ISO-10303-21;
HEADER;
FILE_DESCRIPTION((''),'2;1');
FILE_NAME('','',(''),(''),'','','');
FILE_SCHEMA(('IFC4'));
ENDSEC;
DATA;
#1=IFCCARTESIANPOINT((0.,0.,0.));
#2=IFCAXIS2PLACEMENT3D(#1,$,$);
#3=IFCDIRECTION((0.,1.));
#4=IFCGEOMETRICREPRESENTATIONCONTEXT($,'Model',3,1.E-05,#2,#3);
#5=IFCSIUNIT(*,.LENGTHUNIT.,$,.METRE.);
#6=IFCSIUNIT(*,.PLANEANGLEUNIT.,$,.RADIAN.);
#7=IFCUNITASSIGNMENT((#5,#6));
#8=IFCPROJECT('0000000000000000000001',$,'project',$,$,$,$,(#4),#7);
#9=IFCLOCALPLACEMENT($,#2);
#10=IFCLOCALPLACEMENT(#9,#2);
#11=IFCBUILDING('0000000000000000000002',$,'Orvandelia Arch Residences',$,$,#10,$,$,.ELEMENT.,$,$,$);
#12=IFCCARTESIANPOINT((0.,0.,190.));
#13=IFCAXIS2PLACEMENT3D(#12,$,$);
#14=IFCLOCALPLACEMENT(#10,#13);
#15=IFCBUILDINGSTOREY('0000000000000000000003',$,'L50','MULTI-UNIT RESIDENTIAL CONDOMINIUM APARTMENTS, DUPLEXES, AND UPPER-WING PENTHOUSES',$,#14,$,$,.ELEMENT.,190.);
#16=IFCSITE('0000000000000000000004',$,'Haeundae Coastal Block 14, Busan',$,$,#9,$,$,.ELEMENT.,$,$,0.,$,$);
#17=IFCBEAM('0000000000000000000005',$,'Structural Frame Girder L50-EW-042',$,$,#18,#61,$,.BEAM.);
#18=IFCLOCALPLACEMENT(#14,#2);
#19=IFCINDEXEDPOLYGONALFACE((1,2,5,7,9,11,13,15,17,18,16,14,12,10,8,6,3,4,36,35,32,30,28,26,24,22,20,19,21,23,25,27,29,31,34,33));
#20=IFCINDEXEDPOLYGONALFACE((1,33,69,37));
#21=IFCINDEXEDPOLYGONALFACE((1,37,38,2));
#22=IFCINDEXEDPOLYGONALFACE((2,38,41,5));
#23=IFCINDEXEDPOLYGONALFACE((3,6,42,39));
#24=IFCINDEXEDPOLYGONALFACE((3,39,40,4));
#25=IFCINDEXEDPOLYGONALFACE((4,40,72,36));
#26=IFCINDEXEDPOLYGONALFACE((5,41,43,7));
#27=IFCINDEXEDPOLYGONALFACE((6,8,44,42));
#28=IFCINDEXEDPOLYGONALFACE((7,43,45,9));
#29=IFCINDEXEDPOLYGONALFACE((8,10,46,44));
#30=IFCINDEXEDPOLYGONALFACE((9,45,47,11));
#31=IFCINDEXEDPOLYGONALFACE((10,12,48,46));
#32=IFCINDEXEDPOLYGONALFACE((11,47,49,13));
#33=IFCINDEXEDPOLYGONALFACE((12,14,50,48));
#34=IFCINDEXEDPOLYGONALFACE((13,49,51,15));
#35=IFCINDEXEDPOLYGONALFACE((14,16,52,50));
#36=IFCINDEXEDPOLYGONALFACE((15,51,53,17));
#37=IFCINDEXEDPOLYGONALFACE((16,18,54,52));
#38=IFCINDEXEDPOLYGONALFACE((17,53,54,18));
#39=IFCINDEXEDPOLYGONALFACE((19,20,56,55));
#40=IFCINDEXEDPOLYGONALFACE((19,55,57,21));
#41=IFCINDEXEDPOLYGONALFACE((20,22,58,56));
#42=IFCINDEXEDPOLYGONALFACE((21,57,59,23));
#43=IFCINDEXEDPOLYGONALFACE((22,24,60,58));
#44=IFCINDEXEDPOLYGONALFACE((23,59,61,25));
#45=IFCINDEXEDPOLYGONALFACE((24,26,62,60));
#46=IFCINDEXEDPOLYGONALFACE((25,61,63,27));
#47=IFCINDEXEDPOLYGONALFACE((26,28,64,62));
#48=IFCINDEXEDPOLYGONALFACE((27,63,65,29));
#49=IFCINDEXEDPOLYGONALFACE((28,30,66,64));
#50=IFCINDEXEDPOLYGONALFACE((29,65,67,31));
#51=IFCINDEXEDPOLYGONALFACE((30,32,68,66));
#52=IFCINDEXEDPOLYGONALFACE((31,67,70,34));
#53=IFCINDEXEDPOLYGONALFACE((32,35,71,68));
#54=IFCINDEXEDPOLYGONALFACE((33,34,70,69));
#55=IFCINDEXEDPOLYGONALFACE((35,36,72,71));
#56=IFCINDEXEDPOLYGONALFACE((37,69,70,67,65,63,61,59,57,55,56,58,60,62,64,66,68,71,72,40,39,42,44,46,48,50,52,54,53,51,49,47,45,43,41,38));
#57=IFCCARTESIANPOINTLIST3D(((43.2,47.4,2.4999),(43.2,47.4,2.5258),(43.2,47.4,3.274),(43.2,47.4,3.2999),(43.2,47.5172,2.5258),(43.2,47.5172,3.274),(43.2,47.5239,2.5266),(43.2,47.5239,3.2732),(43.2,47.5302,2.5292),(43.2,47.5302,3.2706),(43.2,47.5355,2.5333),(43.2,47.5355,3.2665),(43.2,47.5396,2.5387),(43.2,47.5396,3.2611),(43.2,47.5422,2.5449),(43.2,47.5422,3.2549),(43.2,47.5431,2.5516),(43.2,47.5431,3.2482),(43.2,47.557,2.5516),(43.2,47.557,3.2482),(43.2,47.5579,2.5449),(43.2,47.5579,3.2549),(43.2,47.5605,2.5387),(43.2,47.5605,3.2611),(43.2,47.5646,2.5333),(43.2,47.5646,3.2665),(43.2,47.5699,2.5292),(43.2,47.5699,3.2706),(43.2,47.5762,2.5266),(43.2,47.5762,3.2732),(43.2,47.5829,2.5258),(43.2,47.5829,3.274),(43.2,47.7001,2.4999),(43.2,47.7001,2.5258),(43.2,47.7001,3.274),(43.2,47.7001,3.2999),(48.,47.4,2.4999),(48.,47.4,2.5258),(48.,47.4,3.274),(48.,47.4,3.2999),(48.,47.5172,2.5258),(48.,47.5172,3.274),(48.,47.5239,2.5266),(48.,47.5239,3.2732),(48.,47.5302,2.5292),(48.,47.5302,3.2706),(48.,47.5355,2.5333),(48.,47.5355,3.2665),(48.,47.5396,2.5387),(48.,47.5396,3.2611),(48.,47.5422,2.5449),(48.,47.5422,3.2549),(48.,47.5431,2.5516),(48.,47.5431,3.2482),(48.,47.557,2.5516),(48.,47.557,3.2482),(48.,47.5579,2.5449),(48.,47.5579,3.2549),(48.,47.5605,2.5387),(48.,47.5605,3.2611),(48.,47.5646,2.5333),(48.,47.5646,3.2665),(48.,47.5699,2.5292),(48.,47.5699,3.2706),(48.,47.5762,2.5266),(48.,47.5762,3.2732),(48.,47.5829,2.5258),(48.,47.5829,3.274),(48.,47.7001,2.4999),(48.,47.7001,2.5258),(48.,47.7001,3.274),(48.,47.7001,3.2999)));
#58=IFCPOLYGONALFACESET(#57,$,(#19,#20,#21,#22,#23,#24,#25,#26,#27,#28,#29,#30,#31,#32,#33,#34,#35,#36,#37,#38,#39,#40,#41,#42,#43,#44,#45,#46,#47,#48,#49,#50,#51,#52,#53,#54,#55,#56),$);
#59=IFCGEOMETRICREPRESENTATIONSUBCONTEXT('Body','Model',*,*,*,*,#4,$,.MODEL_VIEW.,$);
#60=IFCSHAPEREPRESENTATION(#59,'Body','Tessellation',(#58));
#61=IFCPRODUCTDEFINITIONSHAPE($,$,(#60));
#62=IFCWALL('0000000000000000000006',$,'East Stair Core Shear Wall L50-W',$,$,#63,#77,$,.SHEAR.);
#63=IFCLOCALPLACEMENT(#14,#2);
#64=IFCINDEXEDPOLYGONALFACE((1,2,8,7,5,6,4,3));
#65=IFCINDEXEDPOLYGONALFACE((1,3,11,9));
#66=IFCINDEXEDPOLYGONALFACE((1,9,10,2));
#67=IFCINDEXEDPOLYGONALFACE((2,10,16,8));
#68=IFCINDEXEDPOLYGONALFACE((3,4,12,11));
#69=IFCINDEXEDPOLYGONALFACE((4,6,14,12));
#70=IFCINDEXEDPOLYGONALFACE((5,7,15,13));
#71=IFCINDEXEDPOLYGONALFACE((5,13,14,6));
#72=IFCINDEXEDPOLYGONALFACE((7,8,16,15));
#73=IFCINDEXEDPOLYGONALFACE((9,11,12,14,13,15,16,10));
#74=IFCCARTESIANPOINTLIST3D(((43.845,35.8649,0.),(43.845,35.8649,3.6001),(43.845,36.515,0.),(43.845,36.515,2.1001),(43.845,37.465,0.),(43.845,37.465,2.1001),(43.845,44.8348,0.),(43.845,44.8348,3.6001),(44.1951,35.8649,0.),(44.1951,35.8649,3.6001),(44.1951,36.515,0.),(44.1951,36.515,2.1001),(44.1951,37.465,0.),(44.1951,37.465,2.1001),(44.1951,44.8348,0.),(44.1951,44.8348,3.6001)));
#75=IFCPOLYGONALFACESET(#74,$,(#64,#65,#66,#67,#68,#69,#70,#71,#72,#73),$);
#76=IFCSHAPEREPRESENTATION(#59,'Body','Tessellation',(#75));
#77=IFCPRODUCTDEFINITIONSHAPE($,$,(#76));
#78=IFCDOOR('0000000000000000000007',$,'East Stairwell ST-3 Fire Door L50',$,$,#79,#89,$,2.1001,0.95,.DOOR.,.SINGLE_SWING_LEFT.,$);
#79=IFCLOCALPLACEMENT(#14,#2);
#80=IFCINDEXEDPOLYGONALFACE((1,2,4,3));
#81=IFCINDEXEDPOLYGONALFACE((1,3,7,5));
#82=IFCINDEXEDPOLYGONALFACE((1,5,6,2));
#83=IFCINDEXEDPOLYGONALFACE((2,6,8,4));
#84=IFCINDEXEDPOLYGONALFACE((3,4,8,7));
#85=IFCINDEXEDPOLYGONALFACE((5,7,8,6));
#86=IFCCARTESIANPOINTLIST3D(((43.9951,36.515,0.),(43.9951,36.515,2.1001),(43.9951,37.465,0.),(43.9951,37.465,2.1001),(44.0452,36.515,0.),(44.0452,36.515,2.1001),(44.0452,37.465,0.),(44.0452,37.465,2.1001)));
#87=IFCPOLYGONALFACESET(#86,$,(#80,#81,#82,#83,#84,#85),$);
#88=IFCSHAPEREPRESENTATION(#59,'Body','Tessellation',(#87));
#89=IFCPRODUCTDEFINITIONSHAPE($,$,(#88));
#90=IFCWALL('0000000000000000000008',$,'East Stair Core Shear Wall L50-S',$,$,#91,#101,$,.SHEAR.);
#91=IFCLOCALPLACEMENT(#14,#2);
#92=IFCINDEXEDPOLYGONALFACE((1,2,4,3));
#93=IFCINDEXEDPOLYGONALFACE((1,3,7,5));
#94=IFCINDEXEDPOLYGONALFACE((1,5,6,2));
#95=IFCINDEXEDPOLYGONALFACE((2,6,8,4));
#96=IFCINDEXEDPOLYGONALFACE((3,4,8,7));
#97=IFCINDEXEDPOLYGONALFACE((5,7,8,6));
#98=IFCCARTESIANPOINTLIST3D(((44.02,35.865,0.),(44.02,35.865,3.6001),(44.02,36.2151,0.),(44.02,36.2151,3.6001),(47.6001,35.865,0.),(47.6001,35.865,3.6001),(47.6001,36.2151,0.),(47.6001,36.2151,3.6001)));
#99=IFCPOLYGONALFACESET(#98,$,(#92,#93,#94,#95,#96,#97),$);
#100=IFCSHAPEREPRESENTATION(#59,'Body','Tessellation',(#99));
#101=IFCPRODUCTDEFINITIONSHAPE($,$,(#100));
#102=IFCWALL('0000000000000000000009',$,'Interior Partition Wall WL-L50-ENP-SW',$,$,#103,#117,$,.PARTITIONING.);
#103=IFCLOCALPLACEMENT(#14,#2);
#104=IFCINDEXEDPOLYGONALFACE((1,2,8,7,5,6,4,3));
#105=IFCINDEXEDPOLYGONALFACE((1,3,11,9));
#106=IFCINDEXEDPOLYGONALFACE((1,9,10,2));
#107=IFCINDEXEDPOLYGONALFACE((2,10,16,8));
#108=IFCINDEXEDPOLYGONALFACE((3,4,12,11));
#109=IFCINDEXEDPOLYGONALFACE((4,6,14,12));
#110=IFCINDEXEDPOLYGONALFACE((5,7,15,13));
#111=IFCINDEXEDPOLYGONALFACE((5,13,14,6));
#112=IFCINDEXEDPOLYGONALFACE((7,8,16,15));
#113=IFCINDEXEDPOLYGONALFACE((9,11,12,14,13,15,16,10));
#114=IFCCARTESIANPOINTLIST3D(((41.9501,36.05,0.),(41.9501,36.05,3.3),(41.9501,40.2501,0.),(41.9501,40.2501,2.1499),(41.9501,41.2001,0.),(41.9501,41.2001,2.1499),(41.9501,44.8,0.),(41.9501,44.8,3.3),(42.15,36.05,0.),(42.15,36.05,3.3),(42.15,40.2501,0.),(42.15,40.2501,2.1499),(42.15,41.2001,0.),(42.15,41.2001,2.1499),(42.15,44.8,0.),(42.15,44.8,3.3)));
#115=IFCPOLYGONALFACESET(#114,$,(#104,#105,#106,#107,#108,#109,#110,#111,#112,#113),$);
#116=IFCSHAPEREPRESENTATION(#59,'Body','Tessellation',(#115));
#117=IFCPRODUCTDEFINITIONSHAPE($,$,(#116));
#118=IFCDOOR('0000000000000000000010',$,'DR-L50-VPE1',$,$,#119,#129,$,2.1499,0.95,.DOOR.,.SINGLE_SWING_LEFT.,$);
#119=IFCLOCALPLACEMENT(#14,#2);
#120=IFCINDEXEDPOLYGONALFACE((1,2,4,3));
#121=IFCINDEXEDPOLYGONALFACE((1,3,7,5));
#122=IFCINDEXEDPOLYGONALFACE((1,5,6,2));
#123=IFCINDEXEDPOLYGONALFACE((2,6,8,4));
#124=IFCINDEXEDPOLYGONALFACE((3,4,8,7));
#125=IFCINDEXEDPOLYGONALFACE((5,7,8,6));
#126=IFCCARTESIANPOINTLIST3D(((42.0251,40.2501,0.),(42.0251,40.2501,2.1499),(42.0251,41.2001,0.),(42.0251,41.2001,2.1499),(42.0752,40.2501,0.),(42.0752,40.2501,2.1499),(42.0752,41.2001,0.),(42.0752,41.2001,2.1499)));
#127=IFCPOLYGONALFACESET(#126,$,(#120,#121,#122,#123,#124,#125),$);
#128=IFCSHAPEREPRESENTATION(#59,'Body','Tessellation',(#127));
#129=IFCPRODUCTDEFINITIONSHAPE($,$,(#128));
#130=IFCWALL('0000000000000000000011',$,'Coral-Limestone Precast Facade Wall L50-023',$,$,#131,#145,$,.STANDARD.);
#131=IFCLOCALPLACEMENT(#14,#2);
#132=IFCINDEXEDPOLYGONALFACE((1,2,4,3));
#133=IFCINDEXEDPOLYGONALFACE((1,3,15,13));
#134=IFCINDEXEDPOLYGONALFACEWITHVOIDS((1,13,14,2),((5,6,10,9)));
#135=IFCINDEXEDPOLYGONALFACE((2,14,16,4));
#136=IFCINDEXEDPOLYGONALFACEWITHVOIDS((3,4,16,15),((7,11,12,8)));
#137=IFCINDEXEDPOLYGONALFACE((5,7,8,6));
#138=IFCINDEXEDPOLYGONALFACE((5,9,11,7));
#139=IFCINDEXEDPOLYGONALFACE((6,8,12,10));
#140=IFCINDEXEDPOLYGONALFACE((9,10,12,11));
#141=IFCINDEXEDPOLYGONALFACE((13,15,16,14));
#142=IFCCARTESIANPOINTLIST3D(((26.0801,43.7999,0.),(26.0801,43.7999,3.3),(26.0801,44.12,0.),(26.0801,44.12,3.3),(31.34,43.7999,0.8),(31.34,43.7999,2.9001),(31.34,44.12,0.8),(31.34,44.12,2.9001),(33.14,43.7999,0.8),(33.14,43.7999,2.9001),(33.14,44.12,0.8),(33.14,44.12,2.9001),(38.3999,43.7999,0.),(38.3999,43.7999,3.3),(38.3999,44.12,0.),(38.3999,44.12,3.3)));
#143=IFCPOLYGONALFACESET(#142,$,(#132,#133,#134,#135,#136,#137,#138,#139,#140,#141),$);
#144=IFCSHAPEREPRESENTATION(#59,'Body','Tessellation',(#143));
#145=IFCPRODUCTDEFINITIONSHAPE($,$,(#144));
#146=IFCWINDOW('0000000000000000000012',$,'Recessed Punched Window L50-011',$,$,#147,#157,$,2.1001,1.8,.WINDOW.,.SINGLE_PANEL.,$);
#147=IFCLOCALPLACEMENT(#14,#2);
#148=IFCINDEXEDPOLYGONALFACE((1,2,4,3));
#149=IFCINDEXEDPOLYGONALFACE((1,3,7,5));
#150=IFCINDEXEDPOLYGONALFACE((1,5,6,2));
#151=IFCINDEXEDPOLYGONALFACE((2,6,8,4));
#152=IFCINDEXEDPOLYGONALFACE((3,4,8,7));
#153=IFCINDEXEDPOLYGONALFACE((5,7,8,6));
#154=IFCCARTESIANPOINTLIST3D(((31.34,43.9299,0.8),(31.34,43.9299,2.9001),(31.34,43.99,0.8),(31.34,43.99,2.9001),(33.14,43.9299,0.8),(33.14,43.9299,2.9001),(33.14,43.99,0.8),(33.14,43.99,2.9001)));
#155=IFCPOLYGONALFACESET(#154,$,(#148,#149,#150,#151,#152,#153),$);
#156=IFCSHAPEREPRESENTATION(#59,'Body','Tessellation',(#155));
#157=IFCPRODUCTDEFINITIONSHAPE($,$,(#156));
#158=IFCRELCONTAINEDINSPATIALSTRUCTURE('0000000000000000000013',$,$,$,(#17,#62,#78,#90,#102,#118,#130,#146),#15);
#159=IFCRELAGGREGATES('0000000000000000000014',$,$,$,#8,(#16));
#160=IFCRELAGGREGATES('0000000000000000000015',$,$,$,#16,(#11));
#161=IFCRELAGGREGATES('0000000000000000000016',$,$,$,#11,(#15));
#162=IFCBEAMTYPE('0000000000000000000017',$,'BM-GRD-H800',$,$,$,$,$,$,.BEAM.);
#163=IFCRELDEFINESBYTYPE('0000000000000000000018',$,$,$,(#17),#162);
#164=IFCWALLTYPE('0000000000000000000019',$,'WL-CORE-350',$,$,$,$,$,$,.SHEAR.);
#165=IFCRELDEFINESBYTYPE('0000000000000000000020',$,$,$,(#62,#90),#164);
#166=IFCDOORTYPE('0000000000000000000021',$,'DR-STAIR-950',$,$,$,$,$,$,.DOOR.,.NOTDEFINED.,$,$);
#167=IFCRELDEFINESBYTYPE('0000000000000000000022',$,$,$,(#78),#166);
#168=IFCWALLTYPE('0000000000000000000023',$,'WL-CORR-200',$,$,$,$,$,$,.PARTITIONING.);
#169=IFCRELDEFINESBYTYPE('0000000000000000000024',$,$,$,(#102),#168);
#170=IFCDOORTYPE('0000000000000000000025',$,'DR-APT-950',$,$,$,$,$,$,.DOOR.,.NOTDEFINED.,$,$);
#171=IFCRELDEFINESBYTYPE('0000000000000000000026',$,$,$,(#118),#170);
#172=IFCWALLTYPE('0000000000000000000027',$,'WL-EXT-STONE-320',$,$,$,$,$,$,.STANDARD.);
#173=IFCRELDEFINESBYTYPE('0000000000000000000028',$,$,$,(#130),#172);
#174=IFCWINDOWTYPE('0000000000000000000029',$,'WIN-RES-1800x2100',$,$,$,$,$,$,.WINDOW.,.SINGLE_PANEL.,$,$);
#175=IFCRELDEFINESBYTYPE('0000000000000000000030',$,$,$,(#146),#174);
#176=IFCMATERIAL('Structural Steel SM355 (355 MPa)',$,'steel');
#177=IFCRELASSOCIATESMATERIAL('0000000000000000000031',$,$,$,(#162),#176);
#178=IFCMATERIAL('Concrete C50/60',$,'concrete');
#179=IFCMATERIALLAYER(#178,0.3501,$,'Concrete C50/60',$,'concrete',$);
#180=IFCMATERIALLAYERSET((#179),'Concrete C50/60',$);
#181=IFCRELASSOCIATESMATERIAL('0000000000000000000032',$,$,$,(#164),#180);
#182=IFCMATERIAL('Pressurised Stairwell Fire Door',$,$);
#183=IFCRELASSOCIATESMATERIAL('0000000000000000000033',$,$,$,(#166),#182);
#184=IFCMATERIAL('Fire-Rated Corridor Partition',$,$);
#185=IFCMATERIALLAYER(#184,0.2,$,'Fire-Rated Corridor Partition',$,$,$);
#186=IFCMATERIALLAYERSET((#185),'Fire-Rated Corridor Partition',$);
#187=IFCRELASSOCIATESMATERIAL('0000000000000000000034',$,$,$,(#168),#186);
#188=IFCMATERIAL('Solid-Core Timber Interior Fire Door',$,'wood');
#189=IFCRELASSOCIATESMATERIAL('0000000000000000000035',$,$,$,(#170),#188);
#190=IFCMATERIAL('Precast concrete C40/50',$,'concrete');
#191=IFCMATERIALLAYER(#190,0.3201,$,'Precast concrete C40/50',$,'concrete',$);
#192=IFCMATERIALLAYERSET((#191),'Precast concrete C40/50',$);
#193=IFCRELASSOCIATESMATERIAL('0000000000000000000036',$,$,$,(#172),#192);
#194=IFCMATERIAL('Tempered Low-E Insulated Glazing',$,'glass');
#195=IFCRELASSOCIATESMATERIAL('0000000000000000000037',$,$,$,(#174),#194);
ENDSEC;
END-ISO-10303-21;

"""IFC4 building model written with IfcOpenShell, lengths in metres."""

from ifc_helpers import new_model, si_unit, direction, frame, frame_2d, origin, origin_2d, place, context, subcontext, project, spatial, rectangle, i_section, extrude, material, layer, layer_set, material_profile, profile_set, type_object, element, fill, save


model = new_model("IFC4")

# Units and contexts
model_context = context("Model", 3, precision=1e-05, world=origin(), true_north=direction((0.0, 1.0)))
body_context = subcontext(model_context, "Body", "Model", "MODEL_VIEW")
ifc_project = project(units=[si_unit("LENGTHUNIT", "METRE"), si_unit("PLANEANGLEUNIT", "RADIAN")], contexts=[model_context])

# Site, building, storey
site_placement = place(None, origin())
site = spatial("IfcSite", under=ifc_project, at=site_placement, Name="Haeundae Coastal Block 14, Busan", CompositionType="ELEMENT", RefElevation=0.0)
building_placement = place(site_placement, origin())
building = spatial("IfcBuilding", under=site, at=building_placement, Name="Orvandelia Arch Residences", CompositionType="ELEMENT")
storey_placement = place(building_placement, frame((0.0, 0.0, 190.0)))
storey = spatial("IfcBuildingStorey", under=building, at=storey_placement, Name="L50", Description="MULTI-UNIT RESIDENTIAL CONDOMINIUM APARTMENTS, DUPLEXES, AND UPPER-WING PENTHOUSES", CompositionType="ELEMENT", Elevation=190.0)

# Beam
ifc_material_1 = material(Name="Structural Steel SM355 (355 MPa)", Category="steel")
ifc_material_profile_1 = material_profile(ifc_material_1, i_section(OverallWidth=0.3, OverallDepth=0.8, WebThickness=0.0139, FlangeThickness=0.0259, FilletRadius=0.0259, at=origin_2d()), Name="Structural Steel SM355 (355 MPa)", Category="steel")
ifc_profile_set_1 = profile_set([ifc_material_profile_1], Name="Structural Steel SM355 (355 MPa)")
beam_type = type_object("IfcBeamType", Name="BM-GRD-H800", PredefinedType="BEAM", material=ifc_profile_set_1)
for number, where, z_axis, x_axis, name in (
    (1, (43.2, 47.55, 2.8999), (1.0, 0.0, 0.0), (0.0, 1.0, 0.0), "Structural Frame Girder L50-EW-042"),
):
    element("IfcBeam", number, at=place(storey_placement, frame(where, z_axis=z_axis, x_axis=x_axis)), inside=storey, type_object=beam_type, Name=name, PredefinedType="BEAM", context=body_context, shape_type="SweptSolid", body=[
        extrude(i_section(OverallWidth=0.3, OverallDepth=0.8, WebThickness=0.0139, FlangeThickness=0.0259, FilletRadius=0.0259, at=origin_2d()), origin(), (0.0, 0.0, 1.0), 4.8),
    ])

# Wall, opening, door
ifc_material_2 = material(Name="Concrete C50/60", Category="concrete")
ifc_layer_1 = layer(ifc_material_2, 0.3501, Name="Concrete C50/60", Category="concrete")
ifc_layer_set_1 = layer_set([ifc_layer_1], Name="Concrete C50/60")
wall_type_1 = type_object("IfcWallType", Name="WL-CORE-350", PredefinedType="SHEAR", material=ifc_layer_set_1)
wall_1_placement = place(storey_placement, frame((44.02, 35.865, 0.0), z_axis=(0.0, 0.0, 1.0), x_axis=(0.0, 1.0, 0.0)))
wall_1 = element("IfcWall", 2, at=wall_1_placement, inside=storey, type_object=wall_type_1, Name="East Stair Core Shear Wall L50-W", PredefinedType="SHEAR", context=body_context, shape_type="SweptSolid", body=[
    extrude(rectangle(XDim=8.97, YDim=0.3501, at=frame_2d((4.4849, 0.0))), origin(), (0.0, 0.0, 1.0), 3.6001),
])
opening_1_placement = place(wall_1_placement, frame((0.6499, 0.0, 0.0)))
opening_1 = element("IfcOpeningElement", 3, at=opening_1_placement, cuts=wall_1, PredefinedType="OPENING", context=body_context, shape_type="SweptSolid", body=[
    extrude(rectangle(XDim=0.95, YDim=2.1001, at=frame_2d((0.4751, 1.05))), frame((0.0, 0.1851, 0.0), z_axis=(0.0, -1.0, 0.0), x_axis=(1.0, 0.0, 0.0)), (0.0, 0.0, 1.0), 0.3701),
])
ifc_material_3 = material(Name="Pressurised Stairwell Fire Door")
door_type_1 = type_object("IfcDoorType", Name="DR-STAIR-950", OperationType="NOTDEFINED", PredefinedType="DOOR", material=ifc_material_3)
door_1_placement = place(opening_1_placement, origin())
door_1 = element("IfcDoor", 4, at=door_1_placement, inside=storey, type_object=door_type_1, Name="East Stairwell ST-3 Fire Door L50", OperationType="SINGLE_SWING_LEFT", OverallHeight=2.1001, OverallWidth=0.95, PredefinedType="DOOR", context=body_context, shape_type="SweptSolid", body=[
    extrude(rectangle(XDim=0.95, YDim=2.1001, at=frame_2d((0.4751, 1.05))), frame((0.0, 0.0249, 0.0), z_axis=(0.0, -1.0, 0.0), x_axis=(1.0, 0.0, 0.0)), (0.0, 0.0, 1.0), 0.05),
])
fill(opening_1, door_1)

# Wall
wall_2_placement = place(storey_placement, frame((44.02, 36.04, 0.0), z_axis=(0.0, 0.0, 1.0), x_axis=(1.0, 0.0, 0.0)))
element("IfcWall", 5, at=wall_2_placement, inside=storey, type_object=wall_type_1, Name="East Stair Core Shear Wall L50-S", PredefinedType="SHEAR", context=body_context, shape_type="SweptSolid", body=[
    extrude(rectangle(XDim=3.5801, YDim=0.3501, at=frame_2d((1.79, 0.0))), origin(), (0.0, 0.0, 1.0), 3.6001),
])

# Wall, opening, door
ifc_material_4 = material(Name="Fire-Rated Corridor Partition")
ifc_layer_2 = layer(ifc_material_4, 0.2, Name="Fire-Rated Corridor Partition")
ifc_layer_set_2 = layer_set([ifc_layer_2], Name="Fire-Rated Corridor Partition")
wall_type_2 = type_object("IfcWallType", Name="WL-CORR-200", PredefinedType="PARTITIONING", material=ifc_layer_set_2)
wall_3_placement = place(storey_placement, frame((42.05, 36.05, 0.0), z_axis=(0.0, 0.0, 1.0), x_axis=(0.0, 1.0, 0.0)))
wall_3 = element("IfcWall", 6, at=wall_3_placement, inside=storey, type_object=wall_type_2, Name="Interior Partition Wall WL-L50-ENP-SW", PredefinedType="PARTITIONING", context=body_context, shape_type="SweptSolid", body=[
    extrude(rectangle(XDim=8.75, YDim=0.2, at=frame_2d((4.375, 0.0))), origin(), (0.0, 0.0, 1.0), 3.3),
])
opening_2_placement = place(wall_3_placement, frame((4.2, 0.0, 0.0)))
opening_2 = element("IfcOpeningElement", 7, at=opening_2_placement, cuts=wall_3, PredefinedType="OPENING", context=body_context, shape_type="SweptSolid", body=[
    extrude(rectangle(XDim=0.95, YDim=2.1499, at=frame_2d((0.4751, 1.075))), frame((0.0, 0.1099, 0.0), z_axis=(0.0, -1.0, 0.0), x_axis=(1.0, 0.0, 0.0)), (0.0, 0.0, 1.0), 0.22),
])
ifc_material_5 = material(Name="Solid-Core Timber Interior Fire Door", Category="wood")
door_type_2 = type_object("IfcDoorType", Name="DR-APT-950", OperationType="NOTDEFINED", PredefinedType="DOOR", material=ifc_material_5)
door_2_placement = place(opening_2_placement, origin())
door_2 = element("IfcDoor", 8, at=door_2_placement, inside=storey, type_object=door_type_2, Name="DR-L50-VPE1", OperationType="SINGLE_SWING_LEFT", OverallHeight=2.1499, OverallWidth=0.95, PredefinedType="DOOR", context=body_context, shape_type="SweptSolid", body=[
    extrude(rectangle(XDim=0.95, YDim=2.1499, at=frame_2d((0.4751, 1.075))), frame((0.0, 0.0249, 0.0), z_axis=(0.0, -1.0, 0.0), x_axis=(1.0, 0.0, 0.0)), (0.0, 0.0, 1.0), 0.05),
])
fill(opening_2, door_2)

# Wall, opening, window
ifc_material_6 = material(Name="Precast concrete C40/50", Category="concrete")
ifc_layer_3 = layer(ifc_material_6, 0.3201, Name="Precast concrete C40/50", Category="concrete")
ifc_layer_set_3 = layer_set([ifc_layer_3], Name="Precast concrete C40/50")
wall_type_3 = type_object("IfcWallType", Name="WL-EXT-STONE-320", PredefinedType="STANDARD", material=ifc_layer_set_3)
wall_4_placement = place(storey_placement, frame((38.3999, 43.96, 0.0), z_axis=(0.0, 0.0, 1.0), x_axis=(-1.0, 0.0, 0.0)))
wall_4 = element("IfcWall", 9, at=wall_4_placement, inside=storey, type_object=wall_type_3, Name="Coral-Limestone Precast Facade Wall L50-023", PredefinedType="STANDARD", context=body_context, shape_type="SweptSolid", body=[
    extrude(rectangle(XDim=12.3198, YDim=0.3201, at=frame_2d((6.1599, 0.0))), origin(), (0.0, 0.0, 1.0), 3.3),
])
opening_3_placement = place(wall_4_placement, frame((5.26, 0.0, 0.8)))
opening_3 = element("IfcOpeningElement", 10, at=opening_3_placement, cuts=wall_4, PredefinedType="OPENING", context=body_context, shape_type="SweptSolid", body=[
    extrude(rectangle(XDim=1.8, YDim=2.1001, at=frame_2d((0.8999, 1.05))), frame((0.0, 0.1699, 0.0), z_axis=(0.0, -1.0, 0.0), x_axis=(1.0, 0.0, 0.0)), (0.0, 0.0, 1.0), 0.3401),
])
ifc_material_7 = material(Name="Tempered Low-E Insulated Glazing", Category="glass")
window_type = type_object("IfcWindowType", Name="WIN-RES-1800x2100", PartitioningType="SINGLE_PANEL", PredefinedType="WINDOW", material=ifc_material_7)
window_1_placement = place(opening_3_placement, origin())
window_1 = element("IfcWindow", 11, at=window_1_placement, inside=storey, type_object=window_type, Name="Recessed Punched Window L50-011", OverallHeight=2.1001, OverallWidth=1.8, PartitioningType="SINGLE_PANEL", PredefinedType="WINDOW", context=body_context, shape_type="SweptSolid", body=[
    extrude(rectangle(XDim=1.8, YDim=2.1001, at=frame_2d((0.8999, 1.05))), frame((0.0, 0.03, 0.0), z_axis=(0.0, -1.0, 0.0), x_axis=(1.0, 0.0, 0.0)), (0.0, 0.0, 1.0), 0.0601),
])
fill(opening_3, window_1)

save(model, "model.ifc")
